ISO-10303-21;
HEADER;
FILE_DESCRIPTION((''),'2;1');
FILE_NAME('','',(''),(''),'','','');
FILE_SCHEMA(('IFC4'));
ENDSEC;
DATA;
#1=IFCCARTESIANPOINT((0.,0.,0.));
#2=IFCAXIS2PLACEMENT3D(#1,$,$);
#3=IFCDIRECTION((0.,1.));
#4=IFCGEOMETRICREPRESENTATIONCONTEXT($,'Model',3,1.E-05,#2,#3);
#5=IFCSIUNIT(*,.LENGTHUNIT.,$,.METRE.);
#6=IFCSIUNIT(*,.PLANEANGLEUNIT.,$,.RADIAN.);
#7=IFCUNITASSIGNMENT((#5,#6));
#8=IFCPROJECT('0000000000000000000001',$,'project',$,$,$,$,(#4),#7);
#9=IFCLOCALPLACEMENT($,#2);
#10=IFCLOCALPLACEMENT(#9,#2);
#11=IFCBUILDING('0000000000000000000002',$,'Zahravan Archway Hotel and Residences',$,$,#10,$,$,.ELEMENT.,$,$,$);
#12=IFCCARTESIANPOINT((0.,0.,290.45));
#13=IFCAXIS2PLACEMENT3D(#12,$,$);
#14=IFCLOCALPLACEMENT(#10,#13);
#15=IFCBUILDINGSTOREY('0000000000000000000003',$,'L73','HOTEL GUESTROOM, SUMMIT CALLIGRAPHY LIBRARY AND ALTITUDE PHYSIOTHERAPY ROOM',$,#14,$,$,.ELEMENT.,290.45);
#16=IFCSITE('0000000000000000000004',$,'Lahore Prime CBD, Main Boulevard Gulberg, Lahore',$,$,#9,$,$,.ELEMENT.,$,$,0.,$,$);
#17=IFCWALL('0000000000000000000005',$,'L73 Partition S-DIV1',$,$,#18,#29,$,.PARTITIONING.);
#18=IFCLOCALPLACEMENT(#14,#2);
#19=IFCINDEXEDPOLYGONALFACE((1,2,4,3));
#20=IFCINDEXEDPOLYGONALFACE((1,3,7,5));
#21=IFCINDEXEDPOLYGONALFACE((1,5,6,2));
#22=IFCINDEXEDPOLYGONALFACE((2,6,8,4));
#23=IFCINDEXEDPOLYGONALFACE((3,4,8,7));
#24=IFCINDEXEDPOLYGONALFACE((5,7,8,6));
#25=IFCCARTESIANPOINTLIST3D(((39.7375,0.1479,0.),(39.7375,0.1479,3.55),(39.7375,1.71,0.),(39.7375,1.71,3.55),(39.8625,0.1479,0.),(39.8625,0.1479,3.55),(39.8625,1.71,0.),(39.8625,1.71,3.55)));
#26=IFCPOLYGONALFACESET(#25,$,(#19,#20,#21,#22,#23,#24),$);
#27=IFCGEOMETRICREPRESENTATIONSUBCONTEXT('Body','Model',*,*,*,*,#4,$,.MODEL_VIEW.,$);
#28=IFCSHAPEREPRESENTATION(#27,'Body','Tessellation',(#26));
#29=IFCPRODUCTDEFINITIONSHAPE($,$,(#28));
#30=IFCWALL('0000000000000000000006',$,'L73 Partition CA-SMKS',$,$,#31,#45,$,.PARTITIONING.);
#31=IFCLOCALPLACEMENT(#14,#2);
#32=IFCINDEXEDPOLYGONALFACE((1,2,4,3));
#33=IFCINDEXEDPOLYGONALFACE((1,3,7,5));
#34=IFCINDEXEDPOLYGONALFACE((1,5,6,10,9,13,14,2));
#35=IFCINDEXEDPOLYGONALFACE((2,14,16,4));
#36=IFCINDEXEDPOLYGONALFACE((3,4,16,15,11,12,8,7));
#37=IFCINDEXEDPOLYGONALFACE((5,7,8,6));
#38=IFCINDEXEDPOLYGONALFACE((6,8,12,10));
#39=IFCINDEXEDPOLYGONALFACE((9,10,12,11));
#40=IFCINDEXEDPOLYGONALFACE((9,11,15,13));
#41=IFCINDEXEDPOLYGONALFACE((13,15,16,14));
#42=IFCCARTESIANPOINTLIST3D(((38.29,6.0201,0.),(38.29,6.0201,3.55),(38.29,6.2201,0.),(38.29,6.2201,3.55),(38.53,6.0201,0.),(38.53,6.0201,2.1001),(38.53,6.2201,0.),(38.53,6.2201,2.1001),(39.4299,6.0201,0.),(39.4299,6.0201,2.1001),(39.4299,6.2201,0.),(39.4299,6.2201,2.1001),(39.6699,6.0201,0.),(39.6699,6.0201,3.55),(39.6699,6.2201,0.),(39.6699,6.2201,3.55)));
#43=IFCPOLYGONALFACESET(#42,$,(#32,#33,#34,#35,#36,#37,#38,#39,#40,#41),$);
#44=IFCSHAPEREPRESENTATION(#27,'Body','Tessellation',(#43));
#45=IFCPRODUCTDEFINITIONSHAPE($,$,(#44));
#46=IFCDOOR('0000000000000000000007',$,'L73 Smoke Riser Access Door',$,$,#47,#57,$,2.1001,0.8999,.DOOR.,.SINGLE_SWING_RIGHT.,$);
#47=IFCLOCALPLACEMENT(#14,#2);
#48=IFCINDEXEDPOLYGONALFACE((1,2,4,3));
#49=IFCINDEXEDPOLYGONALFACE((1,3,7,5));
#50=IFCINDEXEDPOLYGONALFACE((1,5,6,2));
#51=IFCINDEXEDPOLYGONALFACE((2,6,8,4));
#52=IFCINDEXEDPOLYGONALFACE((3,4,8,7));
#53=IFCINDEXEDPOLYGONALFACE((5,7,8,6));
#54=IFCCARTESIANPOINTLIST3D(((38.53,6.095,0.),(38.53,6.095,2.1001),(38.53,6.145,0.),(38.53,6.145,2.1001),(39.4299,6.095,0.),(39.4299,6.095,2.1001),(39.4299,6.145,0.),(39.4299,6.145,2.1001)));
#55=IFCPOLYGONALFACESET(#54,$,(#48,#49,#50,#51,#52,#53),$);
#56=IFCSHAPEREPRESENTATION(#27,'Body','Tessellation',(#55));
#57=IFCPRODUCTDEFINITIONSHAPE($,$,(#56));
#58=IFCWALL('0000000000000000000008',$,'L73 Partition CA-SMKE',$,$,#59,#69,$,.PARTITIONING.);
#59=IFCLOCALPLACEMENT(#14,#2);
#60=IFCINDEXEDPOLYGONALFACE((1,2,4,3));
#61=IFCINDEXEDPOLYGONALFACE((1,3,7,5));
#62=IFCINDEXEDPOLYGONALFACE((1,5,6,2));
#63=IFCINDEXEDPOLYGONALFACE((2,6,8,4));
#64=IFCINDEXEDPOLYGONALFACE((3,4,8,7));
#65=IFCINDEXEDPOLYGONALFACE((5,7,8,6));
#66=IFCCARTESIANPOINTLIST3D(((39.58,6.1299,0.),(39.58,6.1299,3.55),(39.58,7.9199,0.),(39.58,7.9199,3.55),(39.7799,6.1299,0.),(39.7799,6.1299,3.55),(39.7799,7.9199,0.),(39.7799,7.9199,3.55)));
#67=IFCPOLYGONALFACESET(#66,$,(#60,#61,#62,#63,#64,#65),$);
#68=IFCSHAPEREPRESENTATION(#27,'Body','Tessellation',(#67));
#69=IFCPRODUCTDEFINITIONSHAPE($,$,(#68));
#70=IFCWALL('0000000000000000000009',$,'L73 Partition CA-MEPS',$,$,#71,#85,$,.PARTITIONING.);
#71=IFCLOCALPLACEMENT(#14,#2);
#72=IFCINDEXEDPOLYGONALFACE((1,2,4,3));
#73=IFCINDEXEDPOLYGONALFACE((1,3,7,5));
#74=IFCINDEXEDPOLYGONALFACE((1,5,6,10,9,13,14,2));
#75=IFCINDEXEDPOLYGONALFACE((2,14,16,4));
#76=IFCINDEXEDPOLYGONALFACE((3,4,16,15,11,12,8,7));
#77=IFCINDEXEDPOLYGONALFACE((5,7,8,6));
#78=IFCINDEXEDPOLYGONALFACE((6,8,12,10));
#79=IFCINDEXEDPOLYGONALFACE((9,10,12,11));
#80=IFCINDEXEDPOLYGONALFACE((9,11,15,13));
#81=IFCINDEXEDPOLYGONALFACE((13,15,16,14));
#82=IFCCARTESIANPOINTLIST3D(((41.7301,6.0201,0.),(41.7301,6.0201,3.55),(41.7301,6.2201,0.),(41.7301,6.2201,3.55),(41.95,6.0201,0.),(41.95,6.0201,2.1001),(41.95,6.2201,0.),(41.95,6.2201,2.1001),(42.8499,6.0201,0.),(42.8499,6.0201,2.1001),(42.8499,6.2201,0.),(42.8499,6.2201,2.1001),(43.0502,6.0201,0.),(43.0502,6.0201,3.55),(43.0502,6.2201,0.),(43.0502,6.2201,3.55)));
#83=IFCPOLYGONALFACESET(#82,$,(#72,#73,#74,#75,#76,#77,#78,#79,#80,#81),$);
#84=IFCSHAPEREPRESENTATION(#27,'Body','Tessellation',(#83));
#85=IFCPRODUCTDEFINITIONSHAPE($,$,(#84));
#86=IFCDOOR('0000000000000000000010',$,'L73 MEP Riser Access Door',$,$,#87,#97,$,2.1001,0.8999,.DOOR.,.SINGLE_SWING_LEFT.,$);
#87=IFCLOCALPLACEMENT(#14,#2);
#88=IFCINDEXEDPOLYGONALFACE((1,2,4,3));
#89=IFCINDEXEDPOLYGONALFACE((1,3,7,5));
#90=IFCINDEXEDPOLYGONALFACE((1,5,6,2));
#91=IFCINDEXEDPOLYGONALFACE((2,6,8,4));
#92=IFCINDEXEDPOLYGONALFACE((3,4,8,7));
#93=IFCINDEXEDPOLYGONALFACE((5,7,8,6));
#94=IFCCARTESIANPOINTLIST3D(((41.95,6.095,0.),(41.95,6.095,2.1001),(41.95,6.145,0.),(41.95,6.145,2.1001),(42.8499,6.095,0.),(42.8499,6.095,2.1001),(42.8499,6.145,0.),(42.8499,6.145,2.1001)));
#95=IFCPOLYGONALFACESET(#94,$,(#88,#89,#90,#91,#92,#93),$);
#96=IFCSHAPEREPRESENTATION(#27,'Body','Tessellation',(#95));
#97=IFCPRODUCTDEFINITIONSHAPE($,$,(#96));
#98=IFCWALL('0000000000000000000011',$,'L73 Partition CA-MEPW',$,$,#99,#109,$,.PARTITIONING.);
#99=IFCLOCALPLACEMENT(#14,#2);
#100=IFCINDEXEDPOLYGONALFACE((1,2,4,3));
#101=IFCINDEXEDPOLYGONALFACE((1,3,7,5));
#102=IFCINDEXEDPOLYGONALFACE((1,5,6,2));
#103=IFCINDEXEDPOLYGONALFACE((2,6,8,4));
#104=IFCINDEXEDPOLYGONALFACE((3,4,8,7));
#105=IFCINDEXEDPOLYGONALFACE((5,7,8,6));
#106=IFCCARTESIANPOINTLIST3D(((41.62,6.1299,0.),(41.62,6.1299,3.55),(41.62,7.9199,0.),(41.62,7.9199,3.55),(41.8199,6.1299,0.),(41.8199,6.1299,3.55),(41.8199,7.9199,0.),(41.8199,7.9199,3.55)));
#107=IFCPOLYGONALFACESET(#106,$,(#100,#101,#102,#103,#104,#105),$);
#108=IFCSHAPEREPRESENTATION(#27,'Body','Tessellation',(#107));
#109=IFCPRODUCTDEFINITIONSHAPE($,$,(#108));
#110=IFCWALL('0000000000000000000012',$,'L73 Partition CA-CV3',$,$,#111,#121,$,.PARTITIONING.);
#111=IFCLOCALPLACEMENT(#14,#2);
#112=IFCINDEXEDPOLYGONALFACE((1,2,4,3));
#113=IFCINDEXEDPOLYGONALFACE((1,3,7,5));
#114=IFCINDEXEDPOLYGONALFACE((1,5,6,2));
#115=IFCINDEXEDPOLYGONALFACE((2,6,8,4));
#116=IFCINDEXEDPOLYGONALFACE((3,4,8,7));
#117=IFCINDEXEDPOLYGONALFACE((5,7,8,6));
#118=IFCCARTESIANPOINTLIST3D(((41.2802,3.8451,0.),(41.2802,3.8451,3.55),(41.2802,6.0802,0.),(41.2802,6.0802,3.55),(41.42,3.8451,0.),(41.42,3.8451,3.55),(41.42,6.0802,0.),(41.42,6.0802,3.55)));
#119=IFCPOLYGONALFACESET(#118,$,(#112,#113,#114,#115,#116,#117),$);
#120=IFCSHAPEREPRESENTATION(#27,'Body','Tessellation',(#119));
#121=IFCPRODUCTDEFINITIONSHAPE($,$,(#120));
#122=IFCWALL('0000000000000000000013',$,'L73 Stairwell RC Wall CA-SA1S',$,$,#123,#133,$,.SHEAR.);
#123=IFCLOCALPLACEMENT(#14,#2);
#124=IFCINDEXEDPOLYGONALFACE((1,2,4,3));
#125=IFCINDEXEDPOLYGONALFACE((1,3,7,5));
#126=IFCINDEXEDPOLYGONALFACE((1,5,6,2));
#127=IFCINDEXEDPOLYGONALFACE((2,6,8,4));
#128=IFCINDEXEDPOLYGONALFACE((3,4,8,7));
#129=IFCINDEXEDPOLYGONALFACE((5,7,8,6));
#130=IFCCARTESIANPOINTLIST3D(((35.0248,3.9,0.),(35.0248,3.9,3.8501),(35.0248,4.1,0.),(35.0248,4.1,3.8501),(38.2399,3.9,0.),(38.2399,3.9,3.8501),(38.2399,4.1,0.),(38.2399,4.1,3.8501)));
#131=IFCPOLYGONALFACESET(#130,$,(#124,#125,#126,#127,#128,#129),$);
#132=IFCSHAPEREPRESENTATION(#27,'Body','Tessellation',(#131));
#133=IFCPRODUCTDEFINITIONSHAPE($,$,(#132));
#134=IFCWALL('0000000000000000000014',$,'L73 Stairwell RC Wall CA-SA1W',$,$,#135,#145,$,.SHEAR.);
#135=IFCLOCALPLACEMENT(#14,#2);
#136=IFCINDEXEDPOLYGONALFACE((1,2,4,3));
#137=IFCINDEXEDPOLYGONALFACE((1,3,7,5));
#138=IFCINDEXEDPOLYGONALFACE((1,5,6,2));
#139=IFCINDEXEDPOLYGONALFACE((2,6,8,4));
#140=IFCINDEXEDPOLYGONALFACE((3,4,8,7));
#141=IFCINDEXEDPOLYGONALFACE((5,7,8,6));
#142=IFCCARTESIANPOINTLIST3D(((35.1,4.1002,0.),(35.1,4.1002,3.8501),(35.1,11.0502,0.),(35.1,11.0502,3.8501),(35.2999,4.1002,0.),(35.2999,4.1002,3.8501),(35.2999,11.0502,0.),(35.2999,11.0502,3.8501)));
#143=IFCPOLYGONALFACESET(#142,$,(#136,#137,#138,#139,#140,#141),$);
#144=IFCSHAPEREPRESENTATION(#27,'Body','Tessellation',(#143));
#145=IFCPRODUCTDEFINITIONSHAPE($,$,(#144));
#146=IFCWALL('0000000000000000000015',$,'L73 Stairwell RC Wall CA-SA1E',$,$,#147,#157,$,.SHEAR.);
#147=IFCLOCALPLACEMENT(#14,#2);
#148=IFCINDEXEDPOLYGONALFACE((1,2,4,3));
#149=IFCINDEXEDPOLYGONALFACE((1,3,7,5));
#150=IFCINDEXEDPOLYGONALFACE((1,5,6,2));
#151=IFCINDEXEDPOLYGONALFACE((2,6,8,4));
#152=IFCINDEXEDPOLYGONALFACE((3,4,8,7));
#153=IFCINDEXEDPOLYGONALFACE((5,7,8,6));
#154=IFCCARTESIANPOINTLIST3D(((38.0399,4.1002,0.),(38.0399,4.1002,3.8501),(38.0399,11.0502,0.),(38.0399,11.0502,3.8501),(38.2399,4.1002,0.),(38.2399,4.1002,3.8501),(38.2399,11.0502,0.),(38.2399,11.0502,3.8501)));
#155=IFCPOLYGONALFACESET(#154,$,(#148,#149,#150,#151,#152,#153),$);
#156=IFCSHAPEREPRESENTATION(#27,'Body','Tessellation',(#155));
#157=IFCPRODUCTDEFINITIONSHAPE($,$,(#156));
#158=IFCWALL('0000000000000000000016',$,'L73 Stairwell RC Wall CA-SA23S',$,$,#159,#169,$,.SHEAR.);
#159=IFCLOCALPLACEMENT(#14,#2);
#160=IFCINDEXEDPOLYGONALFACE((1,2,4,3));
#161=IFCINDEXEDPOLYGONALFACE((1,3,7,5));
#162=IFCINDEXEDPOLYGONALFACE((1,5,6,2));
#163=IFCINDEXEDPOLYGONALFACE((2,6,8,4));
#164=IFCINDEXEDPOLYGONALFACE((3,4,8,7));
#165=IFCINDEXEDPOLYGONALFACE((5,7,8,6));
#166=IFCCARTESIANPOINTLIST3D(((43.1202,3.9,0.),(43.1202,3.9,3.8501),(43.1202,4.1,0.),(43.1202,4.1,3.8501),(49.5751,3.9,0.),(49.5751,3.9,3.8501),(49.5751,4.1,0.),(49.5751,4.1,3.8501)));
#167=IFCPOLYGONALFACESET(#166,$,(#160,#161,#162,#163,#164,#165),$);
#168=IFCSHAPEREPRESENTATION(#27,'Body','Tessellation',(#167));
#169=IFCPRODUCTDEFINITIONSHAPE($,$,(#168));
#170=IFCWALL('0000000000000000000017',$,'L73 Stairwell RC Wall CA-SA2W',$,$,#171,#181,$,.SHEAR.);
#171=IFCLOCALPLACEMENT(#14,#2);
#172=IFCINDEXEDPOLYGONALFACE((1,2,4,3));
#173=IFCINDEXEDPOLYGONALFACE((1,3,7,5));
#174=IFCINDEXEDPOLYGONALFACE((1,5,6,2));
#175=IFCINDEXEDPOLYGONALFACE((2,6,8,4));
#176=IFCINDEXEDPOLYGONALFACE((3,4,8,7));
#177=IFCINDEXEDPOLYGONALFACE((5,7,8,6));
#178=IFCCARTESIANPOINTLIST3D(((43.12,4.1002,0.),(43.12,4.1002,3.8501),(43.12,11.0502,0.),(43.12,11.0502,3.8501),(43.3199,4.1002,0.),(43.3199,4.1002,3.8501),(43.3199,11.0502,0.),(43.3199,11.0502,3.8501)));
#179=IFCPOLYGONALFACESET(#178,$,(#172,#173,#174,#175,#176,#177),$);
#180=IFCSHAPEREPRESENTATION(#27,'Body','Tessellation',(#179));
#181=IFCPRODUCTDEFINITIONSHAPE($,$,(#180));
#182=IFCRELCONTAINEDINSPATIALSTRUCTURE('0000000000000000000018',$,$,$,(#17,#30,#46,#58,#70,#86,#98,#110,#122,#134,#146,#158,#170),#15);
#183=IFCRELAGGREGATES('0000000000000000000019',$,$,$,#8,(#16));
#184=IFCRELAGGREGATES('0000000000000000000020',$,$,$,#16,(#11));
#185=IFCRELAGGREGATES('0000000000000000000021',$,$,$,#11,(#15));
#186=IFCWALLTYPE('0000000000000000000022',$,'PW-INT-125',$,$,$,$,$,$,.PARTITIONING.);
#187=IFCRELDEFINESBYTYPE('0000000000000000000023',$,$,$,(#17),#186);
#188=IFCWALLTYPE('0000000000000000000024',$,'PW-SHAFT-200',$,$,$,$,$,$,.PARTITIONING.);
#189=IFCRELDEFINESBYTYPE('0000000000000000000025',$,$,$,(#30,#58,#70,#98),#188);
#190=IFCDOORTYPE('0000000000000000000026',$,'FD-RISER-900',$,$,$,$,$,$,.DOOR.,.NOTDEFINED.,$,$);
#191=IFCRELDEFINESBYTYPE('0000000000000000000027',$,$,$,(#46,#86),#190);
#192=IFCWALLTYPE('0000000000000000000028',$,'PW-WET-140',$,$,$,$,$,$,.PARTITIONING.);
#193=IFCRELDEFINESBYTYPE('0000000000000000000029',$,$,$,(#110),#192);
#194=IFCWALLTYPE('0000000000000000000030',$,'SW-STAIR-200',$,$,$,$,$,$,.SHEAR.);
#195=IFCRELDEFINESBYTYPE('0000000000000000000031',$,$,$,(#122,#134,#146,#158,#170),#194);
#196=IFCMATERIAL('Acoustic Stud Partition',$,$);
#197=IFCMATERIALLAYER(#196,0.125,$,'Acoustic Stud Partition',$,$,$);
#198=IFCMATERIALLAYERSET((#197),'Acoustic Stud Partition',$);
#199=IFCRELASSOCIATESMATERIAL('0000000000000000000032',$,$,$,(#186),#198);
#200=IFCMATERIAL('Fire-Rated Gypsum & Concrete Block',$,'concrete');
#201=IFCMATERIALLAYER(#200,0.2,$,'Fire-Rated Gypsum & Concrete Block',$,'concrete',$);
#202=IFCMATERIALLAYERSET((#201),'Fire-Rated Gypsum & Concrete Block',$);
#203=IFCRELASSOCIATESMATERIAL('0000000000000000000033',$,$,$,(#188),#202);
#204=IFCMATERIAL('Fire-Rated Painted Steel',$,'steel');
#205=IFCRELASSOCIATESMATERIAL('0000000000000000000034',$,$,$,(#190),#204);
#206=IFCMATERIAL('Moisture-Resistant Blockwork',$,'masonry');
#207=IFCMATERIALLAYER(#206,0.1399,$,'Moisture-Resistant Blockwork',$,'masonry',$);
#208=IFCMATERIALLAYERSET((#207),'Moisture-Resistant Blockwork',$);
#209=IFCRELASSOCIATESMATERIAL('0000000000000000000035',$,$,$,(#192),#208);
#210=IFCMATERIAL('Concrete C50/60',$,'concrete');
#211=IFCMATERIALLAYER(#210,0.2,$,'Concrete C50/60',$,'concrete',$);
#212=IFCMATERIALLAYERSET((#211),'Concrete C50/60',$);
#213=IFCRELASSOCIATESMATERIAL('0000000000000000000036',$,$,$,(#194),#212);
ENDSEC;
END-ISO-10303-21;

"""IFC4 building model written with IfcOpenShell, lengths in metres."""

from ifc_helpers import new_model, si_unit, direction, frame, frame_2d, origin, place, context, subcontext, project, spatial, rectangle, extrude, source, transform, mapped, material, layer, layer_set, type_object, type_shapes, element, fill, save


model = new_model("IFC4")

# Units and contexts
model_context = context("Model", 3, precision=1e-05, world=origin(), true_north=direction((0.0, 1.0)))
body_context = subcontext(model_context, "Body", "Model", "MODEL_VIEW")
ifc_project = project(units=[si_unit("LENGTHUNIT", "METRE"), si_unit("PLANEANGLEUNIT", "RADIAN")], contexts=[model_context])

# Site, building, storey
site_placement = place(None, origin())
site = spatial("IfcSite", under=ifc_project, at=site_placement, Name="Lahore Prime CBD, Main Boulevard Gulberg, Lahore", CompositionType="ELEMENT", RefElevation=0.0)
building_placement = place(site_placement, origin())
building = spatial("IfcBuilding", under=site, at=building_placement, Name="Zahravan Archway Hotel and Residences", CompositionType="ELEMENT")
storey_placement = place(building_placement, frame((0.0, 0.0, 290.45)))
storey = spatial("IfcBuildingStorey", under=building, at=storey_placement, Name="L73", Description="HOTEL GUESTROOM, SUMMIT CALLIGRAPHY LIBRARY AND ALTITUDE PHYSIOTHERAPY ROOM", CompositionType="ELEMENT", Elevation=290.45)

# Shared definitions
ifc_material_1 = material(Name="Concrete C50/60", Category="concrete")

# Wall
ifc_material_2 = material(Name="Acoustic Stud Partition")
ifc_layer_1 = layer(ifc_material_2, 0.125, Name="Acoustic Stud Partition")
ifc_layer_set_1 = layer_set([ifc_layer_1], Name="Acoustic Stud Partition")
wall_type_1 = type_object("IfcWallType", Name="PW-INT-125", PredefinedType="PARTITIONING", material=ifc_layer_set_1)
wall_1_placement = place(storey_placement, frame((39.8, 0.1479, 0.0), z_axis=(0.0, 0.0, 1.0), x_axis=(0.0, 1.0, 0.0)))
element("IfcWall", 1, at=wall_1_placement, inside=storey, type_object=wall_type_1, Name="L73 Partition S-DIV1", PredefinedType="PARTITIONING", context=body_context, shape_type="SweptSolid", body=[
    extrude(rectangle(XDim=1.562, YDim=0.125, at=frame_2d((0.781, 0.0))), origin(), (0.0, 0.0, 1.0), 3.55),
])

# Wall, opening, door
ifc_material_3 = material(Name="Fire-Rated Gypsum & Concrete Block", Category="concrete")
ifc_layer_2 = layer(ifc_material_3, 0.2, Name="Fire-Rated Gypsum & Concrete Block", Category="concrete")
ifc_layer_set_2 = layer_set([ifc_layer_2], Name="Fire-Rated Gypsum & Concrete Block")
wall_type_2 = type_object("IfcWallType", Name="PW-SHAFT-200", PredefinedType="PARTITIONING", material=ifc_layer_set_2)
wall_2_placement = place(storey_placement, frame((38.29, 6.1201, 0.0), z_axis=(0.0, 0.0, 1.0), x_axis=(1.0, 0.0, 0.0)))
wall_2 = element("IfcWall", 2, at=wall_2_placement, inside=storey, type_object=wall_type_2, Name="L73 Partition CA-SMKS", PredefinedType="PARTITIONING", context=body_context, shape_type="SweptSolid", body=[
    extrude(rectangle(XDim=1.3799, YDim=0.2, at=frame_2d((0.6899, 0.0))), origin(), (0.0, 0.0, 1.0), 3.55),
])
opening_1_placement = place(wall_2_placement, frame((0.24, 0.0, 0.0)))
opening_1 = element("IfcOpeningElement", 3, at=opening_1_placement, cuts=wall_2, PredefinedType="OPENING", context=body_context, shape_type="SweptSolid", body=[
    extrude(rectangle(XDim=0.8999, YDim=2.1001, at=frame_2d((0.45, 1.05))), frame((0.0, 0.1099, 0.0), z_axis=(0.0, -1.0, 0.0), x_axis=(1.0, 0.0, 0.0)), (0.0, 0.0, 1.0), 0.22),
])
ifc_material_4 = material(Name="Fire-Rated Painted Steel", Category="steel")
door_type = type_object("IfcDoorType", Name="FD-RISER-900", OperationType="NOTDEFINED", PredefinedType="DOOR", material=ifc_material_4)
shared_shape_1 = source(origin(), body_context, "Body", "SweptSolid", [
    extrude(rectangle(XDim=0.8999, YDim=2.1001, at=frame_2d((0.45, 1.05))), frame((0.0, 0.0249, 0.0), z_axis=(0.0, -1.0, 0.0), x_axis=(1.0, 0.0, 0.0)), (0.0, 0.0, 1.0), 0.05),
])
type_shapes(door_type, [shared_shape_1])
door_1_placement = place(opening_1_placement, origin())
door_1 = element("IfcDoor", 4, at=door_1_placement, inside=storey, type_object=door_type, Name="L73 Smoke Riser Access Door", OperationType="SINGLE_SWING_RIGHT", OverallHeight=2.1001, OverallWidth=0.8999, PredefinedType="DOOR", context=body_context, shape_type="MappedRepresentation", body=[
    mapped(shared_shape_1, transform((0.0, 0.0, 0.0), scale=1.0)),
])
fill(opening_1, door_1)

# Wall
wall_3_placement = place(storey_placement, frame((39.6799, 6.1299, 0.0), z_axis=(0.0, 0.0, 1.0), x_axis=(0.0, 1.0, 0.0)))
element("IfcWall", 5, at=wall_3_placement, inside=storey, type_object=wall_type_2, Name="L73 Partition CA-SMKE", PredefinedType="PARTITIONING", context=body_context, shape_type="SweptSolid", body=[
    extrude(rectangle(XDim=1.79, YDim=0.2, at=frame_2d((0.895, 0.0))), origin(), (0.0, 0.0, 1.0), 3.55),
])

# Wall, opening, door
wall_4_placement = place(storey_placement, frame((41.73, 6.1201, 0.0), z_axis=(0.0, 0.0, 1.0), x_axis=(1.0, 0.0, 0.0)))
wall_4 = element("IfcWall", 6, at=wall_4_placement, inside=storey, type_object=wall_type_2, Name="L73 Partition CA-MEPS", PredefinedType="PARTITIONING", context=body_context, shape_type="SweptSolid", body=[
    extrude(rectangle(XDim=1.3201, YDim=0.2, at=frame_2d((0.6602, 0.0))), origin(), (0.0, 0.0, 1.0), 3.55),
])
opening_2_placement = place(wall_4_placement, frame((0.22, 0.0, 0.0)))
opening_2 = element("IfcOpeningElement", 7, at=opening_2_placement, cuts=wall_4, PredefinedType="OPENING", context=body_context, shape_type="SweptSolid", body=[
    extrude(rectangle(XDim=0.8999, YDim=2.1001, at=frame_2d((0.45, 1.05))), frame((0.0, 0.1099, 0.0), z_axis=(0.0, -1.0, 0.0), x_axis=(1.0, 0.0, 0.0)), (0.0, 0.0, 1.0), 0.22),
])
door_2_placement = place(opening_2_placement, origin())
door_2 = element("IfcDoor", 8, at=door_2_placement, inside=storey, type_object=door_type, Name="L73 MEP Riser Access Door", OperationType="SINGLE_SWING_LEFT", OverallHeight=2.1001, OverallWidth=0.8999, PredefinedType="DOOR", context=body_context, shape_type="MappedRepresentation", body=[
    mapped(shared_shape_1, transform((0.0, 0.0, 0.0), scale=1.0)),
])
fill(opening_2, door_2)

# Walls
wall_5_placement = place(storey_placement, frame((41.72, 6.1299, 0.0), z_axis=(0.0, 0.0, 1.0), x_axis=(0.0, 1.0, 0.0)))
element("IfcWall", 9, at=wall_5_placement, inside=storey, type_object=wall_type_2, Name="L73 Partition CA-MEPW", PredefinedType="PARTITIONING", context=body_context, shape_type="SweptSolid", body=[
    extrude(rectangle(XDim=1.79, YDim=0.2, at=frame_2d((0.895, 0.0))), origin(), (0.0, 0.0, 1.0), 3.55),
])
ifc_material_5 = material(Name="Moisture-Resistant Blockwork", Category="masonry")
ifc_layer_3 = layer(ifc_material_5, 0.1399, Name="Moisture-Resistant Blockwork", Category="masonry")
ifc_layer_set_3 = layer_set([ifc_layer_3], Name="Moisture-Resistant Blockwork")
wall_type_3 = type_object("IfcWallType", Name="PW-WET-140", PredefinedType="PARTITIONING", material=ifc_layer_set_3)
wall_6_placement = place(storey_placement, frame((41.3501, 3.845, 0.0), z_axis=(0.0, 0.0, 1.0), x_axis=(0.0, 1.0, 0.0)))
element("IfcWall", 10, at=wall_6_placement, inside=storey, type_object=wall_type_3, Name="L73 Partition CA-CV3", PredefinedType="PARTITIONING", context=body_context, shape_type="SweptSolid", body=[
    extrude(rectangle(XDim=2.2351, YDim=0.1399, at=frame_2d((1.1177, 0.0))), origin(), (0.0, 0.0, 1.0), 3.55),
])
ifc_layer_4 = layer(ifc_material_1, 0.2, Name="Concrete C50/60", Category="concrete")
ifc_layer_set_4 = layer_set([ifc_layer_4], Name="Concrete C50/60")
wall_type_4 = type_object("IfcWallType", Name="SW-STAIR-200", PredefinedType="SHEAR", material=ifc_layer_set_4)
wall_7_placement = place(storey_placement, frame((35.0249, 4.0, 0.0), z_axis=(0.0, 0.0, 1.0), x_axis=(1.0, 0.0, 0.0)))
element("IfcWall", 11, at=wall_7_placement, inside=storey, type_object=wall_type_4, Name="L73 Stairwell RC Wall CA-SA1S", PredefinedType="SHEAR", context=body_context, shape_type="SweptSolid", body=[
    extrude(rectangle(XDim=3.2151, YDim=0.2, at=frame_2d((1.6074, 0.0))), origin(), (0.0, 0.0, 1.0), 3.8501),
])
for number, where, z_axis, x_axis, name in (
    (12, (35.2, 4.1001, 0.0), (0.0, 0.0, 1.0), (0.0, 1.0, 0.0), "L73 Stairwell RC Wall CA-SA1W"),
    (13, (38.1399, 4.1001, 0.0), (0.0, 0.0, 1.0), (0.0, 1.0, 0.0), "L73 Stairwell RC Wall CA-SA1E"),
):
    element("IfcWall", number, at=place(storey_placement, frame(where, z_axis=z_axis, x_axis=x_axis)), inside=storey, type_object=wall_type_4, Name=name, PredefinedType="SHEAR", context=body_context, shape_type="SweptSolid", body=[
        extrude(rectangle(XDim=6.95, YDim=0.2, at=frame_2d((3.4751, 0.0))), origin(), (0.0, 0.0, 1.0), 3.8501),
    ])
wall_8_placement = place(storey_placement, frame((43.1201, 4.0, 0.0), z_axis=(0.0, 0.0, 1.0), x_axis=(1.0, 0.0, 0.0)))
element("IfcWall", 14, at=wall_8_placement, inside=storey, type_object=wall_type_4, Name="L73 Stairwell RC Wall CA-SA23S", PredefinedType="SHEAR", context=body_context, shape_type="SweptSolid", body=[
    extrude(rectangle(XDim=6.4548, YDim=0.2, at=frame_2d((3.2275, 0.0))), origin(), (0.0, 0.0, 1.0), 3.8501),
])
for number, where, z_axis, x_axis, name in (
    (15, (43.22, 4.1001, 0.0), (0.0, 0.0, 1.0), (0.0, 1.0, 0.0), "L73 Stairwell RC Wall CA-SA2W"),
):
    element("IfcWall", number, at=place(storey_placement, frame(where, z_axis=z_axis, x_axis=x_axis)), inside=storey, type_object=wall_type_4, Name=name, PredefinedType="SHEAR", context=body_context, shape_type="SweptSolid", body=[
        extrude(rectangle(XDim=6.95, YDim=0.2, at=frame_2d((3.4751, 0.0))), origin(), (0.0, 0.0, 1.0), 3.8501),
    ])

save(model, "model.ifc")
